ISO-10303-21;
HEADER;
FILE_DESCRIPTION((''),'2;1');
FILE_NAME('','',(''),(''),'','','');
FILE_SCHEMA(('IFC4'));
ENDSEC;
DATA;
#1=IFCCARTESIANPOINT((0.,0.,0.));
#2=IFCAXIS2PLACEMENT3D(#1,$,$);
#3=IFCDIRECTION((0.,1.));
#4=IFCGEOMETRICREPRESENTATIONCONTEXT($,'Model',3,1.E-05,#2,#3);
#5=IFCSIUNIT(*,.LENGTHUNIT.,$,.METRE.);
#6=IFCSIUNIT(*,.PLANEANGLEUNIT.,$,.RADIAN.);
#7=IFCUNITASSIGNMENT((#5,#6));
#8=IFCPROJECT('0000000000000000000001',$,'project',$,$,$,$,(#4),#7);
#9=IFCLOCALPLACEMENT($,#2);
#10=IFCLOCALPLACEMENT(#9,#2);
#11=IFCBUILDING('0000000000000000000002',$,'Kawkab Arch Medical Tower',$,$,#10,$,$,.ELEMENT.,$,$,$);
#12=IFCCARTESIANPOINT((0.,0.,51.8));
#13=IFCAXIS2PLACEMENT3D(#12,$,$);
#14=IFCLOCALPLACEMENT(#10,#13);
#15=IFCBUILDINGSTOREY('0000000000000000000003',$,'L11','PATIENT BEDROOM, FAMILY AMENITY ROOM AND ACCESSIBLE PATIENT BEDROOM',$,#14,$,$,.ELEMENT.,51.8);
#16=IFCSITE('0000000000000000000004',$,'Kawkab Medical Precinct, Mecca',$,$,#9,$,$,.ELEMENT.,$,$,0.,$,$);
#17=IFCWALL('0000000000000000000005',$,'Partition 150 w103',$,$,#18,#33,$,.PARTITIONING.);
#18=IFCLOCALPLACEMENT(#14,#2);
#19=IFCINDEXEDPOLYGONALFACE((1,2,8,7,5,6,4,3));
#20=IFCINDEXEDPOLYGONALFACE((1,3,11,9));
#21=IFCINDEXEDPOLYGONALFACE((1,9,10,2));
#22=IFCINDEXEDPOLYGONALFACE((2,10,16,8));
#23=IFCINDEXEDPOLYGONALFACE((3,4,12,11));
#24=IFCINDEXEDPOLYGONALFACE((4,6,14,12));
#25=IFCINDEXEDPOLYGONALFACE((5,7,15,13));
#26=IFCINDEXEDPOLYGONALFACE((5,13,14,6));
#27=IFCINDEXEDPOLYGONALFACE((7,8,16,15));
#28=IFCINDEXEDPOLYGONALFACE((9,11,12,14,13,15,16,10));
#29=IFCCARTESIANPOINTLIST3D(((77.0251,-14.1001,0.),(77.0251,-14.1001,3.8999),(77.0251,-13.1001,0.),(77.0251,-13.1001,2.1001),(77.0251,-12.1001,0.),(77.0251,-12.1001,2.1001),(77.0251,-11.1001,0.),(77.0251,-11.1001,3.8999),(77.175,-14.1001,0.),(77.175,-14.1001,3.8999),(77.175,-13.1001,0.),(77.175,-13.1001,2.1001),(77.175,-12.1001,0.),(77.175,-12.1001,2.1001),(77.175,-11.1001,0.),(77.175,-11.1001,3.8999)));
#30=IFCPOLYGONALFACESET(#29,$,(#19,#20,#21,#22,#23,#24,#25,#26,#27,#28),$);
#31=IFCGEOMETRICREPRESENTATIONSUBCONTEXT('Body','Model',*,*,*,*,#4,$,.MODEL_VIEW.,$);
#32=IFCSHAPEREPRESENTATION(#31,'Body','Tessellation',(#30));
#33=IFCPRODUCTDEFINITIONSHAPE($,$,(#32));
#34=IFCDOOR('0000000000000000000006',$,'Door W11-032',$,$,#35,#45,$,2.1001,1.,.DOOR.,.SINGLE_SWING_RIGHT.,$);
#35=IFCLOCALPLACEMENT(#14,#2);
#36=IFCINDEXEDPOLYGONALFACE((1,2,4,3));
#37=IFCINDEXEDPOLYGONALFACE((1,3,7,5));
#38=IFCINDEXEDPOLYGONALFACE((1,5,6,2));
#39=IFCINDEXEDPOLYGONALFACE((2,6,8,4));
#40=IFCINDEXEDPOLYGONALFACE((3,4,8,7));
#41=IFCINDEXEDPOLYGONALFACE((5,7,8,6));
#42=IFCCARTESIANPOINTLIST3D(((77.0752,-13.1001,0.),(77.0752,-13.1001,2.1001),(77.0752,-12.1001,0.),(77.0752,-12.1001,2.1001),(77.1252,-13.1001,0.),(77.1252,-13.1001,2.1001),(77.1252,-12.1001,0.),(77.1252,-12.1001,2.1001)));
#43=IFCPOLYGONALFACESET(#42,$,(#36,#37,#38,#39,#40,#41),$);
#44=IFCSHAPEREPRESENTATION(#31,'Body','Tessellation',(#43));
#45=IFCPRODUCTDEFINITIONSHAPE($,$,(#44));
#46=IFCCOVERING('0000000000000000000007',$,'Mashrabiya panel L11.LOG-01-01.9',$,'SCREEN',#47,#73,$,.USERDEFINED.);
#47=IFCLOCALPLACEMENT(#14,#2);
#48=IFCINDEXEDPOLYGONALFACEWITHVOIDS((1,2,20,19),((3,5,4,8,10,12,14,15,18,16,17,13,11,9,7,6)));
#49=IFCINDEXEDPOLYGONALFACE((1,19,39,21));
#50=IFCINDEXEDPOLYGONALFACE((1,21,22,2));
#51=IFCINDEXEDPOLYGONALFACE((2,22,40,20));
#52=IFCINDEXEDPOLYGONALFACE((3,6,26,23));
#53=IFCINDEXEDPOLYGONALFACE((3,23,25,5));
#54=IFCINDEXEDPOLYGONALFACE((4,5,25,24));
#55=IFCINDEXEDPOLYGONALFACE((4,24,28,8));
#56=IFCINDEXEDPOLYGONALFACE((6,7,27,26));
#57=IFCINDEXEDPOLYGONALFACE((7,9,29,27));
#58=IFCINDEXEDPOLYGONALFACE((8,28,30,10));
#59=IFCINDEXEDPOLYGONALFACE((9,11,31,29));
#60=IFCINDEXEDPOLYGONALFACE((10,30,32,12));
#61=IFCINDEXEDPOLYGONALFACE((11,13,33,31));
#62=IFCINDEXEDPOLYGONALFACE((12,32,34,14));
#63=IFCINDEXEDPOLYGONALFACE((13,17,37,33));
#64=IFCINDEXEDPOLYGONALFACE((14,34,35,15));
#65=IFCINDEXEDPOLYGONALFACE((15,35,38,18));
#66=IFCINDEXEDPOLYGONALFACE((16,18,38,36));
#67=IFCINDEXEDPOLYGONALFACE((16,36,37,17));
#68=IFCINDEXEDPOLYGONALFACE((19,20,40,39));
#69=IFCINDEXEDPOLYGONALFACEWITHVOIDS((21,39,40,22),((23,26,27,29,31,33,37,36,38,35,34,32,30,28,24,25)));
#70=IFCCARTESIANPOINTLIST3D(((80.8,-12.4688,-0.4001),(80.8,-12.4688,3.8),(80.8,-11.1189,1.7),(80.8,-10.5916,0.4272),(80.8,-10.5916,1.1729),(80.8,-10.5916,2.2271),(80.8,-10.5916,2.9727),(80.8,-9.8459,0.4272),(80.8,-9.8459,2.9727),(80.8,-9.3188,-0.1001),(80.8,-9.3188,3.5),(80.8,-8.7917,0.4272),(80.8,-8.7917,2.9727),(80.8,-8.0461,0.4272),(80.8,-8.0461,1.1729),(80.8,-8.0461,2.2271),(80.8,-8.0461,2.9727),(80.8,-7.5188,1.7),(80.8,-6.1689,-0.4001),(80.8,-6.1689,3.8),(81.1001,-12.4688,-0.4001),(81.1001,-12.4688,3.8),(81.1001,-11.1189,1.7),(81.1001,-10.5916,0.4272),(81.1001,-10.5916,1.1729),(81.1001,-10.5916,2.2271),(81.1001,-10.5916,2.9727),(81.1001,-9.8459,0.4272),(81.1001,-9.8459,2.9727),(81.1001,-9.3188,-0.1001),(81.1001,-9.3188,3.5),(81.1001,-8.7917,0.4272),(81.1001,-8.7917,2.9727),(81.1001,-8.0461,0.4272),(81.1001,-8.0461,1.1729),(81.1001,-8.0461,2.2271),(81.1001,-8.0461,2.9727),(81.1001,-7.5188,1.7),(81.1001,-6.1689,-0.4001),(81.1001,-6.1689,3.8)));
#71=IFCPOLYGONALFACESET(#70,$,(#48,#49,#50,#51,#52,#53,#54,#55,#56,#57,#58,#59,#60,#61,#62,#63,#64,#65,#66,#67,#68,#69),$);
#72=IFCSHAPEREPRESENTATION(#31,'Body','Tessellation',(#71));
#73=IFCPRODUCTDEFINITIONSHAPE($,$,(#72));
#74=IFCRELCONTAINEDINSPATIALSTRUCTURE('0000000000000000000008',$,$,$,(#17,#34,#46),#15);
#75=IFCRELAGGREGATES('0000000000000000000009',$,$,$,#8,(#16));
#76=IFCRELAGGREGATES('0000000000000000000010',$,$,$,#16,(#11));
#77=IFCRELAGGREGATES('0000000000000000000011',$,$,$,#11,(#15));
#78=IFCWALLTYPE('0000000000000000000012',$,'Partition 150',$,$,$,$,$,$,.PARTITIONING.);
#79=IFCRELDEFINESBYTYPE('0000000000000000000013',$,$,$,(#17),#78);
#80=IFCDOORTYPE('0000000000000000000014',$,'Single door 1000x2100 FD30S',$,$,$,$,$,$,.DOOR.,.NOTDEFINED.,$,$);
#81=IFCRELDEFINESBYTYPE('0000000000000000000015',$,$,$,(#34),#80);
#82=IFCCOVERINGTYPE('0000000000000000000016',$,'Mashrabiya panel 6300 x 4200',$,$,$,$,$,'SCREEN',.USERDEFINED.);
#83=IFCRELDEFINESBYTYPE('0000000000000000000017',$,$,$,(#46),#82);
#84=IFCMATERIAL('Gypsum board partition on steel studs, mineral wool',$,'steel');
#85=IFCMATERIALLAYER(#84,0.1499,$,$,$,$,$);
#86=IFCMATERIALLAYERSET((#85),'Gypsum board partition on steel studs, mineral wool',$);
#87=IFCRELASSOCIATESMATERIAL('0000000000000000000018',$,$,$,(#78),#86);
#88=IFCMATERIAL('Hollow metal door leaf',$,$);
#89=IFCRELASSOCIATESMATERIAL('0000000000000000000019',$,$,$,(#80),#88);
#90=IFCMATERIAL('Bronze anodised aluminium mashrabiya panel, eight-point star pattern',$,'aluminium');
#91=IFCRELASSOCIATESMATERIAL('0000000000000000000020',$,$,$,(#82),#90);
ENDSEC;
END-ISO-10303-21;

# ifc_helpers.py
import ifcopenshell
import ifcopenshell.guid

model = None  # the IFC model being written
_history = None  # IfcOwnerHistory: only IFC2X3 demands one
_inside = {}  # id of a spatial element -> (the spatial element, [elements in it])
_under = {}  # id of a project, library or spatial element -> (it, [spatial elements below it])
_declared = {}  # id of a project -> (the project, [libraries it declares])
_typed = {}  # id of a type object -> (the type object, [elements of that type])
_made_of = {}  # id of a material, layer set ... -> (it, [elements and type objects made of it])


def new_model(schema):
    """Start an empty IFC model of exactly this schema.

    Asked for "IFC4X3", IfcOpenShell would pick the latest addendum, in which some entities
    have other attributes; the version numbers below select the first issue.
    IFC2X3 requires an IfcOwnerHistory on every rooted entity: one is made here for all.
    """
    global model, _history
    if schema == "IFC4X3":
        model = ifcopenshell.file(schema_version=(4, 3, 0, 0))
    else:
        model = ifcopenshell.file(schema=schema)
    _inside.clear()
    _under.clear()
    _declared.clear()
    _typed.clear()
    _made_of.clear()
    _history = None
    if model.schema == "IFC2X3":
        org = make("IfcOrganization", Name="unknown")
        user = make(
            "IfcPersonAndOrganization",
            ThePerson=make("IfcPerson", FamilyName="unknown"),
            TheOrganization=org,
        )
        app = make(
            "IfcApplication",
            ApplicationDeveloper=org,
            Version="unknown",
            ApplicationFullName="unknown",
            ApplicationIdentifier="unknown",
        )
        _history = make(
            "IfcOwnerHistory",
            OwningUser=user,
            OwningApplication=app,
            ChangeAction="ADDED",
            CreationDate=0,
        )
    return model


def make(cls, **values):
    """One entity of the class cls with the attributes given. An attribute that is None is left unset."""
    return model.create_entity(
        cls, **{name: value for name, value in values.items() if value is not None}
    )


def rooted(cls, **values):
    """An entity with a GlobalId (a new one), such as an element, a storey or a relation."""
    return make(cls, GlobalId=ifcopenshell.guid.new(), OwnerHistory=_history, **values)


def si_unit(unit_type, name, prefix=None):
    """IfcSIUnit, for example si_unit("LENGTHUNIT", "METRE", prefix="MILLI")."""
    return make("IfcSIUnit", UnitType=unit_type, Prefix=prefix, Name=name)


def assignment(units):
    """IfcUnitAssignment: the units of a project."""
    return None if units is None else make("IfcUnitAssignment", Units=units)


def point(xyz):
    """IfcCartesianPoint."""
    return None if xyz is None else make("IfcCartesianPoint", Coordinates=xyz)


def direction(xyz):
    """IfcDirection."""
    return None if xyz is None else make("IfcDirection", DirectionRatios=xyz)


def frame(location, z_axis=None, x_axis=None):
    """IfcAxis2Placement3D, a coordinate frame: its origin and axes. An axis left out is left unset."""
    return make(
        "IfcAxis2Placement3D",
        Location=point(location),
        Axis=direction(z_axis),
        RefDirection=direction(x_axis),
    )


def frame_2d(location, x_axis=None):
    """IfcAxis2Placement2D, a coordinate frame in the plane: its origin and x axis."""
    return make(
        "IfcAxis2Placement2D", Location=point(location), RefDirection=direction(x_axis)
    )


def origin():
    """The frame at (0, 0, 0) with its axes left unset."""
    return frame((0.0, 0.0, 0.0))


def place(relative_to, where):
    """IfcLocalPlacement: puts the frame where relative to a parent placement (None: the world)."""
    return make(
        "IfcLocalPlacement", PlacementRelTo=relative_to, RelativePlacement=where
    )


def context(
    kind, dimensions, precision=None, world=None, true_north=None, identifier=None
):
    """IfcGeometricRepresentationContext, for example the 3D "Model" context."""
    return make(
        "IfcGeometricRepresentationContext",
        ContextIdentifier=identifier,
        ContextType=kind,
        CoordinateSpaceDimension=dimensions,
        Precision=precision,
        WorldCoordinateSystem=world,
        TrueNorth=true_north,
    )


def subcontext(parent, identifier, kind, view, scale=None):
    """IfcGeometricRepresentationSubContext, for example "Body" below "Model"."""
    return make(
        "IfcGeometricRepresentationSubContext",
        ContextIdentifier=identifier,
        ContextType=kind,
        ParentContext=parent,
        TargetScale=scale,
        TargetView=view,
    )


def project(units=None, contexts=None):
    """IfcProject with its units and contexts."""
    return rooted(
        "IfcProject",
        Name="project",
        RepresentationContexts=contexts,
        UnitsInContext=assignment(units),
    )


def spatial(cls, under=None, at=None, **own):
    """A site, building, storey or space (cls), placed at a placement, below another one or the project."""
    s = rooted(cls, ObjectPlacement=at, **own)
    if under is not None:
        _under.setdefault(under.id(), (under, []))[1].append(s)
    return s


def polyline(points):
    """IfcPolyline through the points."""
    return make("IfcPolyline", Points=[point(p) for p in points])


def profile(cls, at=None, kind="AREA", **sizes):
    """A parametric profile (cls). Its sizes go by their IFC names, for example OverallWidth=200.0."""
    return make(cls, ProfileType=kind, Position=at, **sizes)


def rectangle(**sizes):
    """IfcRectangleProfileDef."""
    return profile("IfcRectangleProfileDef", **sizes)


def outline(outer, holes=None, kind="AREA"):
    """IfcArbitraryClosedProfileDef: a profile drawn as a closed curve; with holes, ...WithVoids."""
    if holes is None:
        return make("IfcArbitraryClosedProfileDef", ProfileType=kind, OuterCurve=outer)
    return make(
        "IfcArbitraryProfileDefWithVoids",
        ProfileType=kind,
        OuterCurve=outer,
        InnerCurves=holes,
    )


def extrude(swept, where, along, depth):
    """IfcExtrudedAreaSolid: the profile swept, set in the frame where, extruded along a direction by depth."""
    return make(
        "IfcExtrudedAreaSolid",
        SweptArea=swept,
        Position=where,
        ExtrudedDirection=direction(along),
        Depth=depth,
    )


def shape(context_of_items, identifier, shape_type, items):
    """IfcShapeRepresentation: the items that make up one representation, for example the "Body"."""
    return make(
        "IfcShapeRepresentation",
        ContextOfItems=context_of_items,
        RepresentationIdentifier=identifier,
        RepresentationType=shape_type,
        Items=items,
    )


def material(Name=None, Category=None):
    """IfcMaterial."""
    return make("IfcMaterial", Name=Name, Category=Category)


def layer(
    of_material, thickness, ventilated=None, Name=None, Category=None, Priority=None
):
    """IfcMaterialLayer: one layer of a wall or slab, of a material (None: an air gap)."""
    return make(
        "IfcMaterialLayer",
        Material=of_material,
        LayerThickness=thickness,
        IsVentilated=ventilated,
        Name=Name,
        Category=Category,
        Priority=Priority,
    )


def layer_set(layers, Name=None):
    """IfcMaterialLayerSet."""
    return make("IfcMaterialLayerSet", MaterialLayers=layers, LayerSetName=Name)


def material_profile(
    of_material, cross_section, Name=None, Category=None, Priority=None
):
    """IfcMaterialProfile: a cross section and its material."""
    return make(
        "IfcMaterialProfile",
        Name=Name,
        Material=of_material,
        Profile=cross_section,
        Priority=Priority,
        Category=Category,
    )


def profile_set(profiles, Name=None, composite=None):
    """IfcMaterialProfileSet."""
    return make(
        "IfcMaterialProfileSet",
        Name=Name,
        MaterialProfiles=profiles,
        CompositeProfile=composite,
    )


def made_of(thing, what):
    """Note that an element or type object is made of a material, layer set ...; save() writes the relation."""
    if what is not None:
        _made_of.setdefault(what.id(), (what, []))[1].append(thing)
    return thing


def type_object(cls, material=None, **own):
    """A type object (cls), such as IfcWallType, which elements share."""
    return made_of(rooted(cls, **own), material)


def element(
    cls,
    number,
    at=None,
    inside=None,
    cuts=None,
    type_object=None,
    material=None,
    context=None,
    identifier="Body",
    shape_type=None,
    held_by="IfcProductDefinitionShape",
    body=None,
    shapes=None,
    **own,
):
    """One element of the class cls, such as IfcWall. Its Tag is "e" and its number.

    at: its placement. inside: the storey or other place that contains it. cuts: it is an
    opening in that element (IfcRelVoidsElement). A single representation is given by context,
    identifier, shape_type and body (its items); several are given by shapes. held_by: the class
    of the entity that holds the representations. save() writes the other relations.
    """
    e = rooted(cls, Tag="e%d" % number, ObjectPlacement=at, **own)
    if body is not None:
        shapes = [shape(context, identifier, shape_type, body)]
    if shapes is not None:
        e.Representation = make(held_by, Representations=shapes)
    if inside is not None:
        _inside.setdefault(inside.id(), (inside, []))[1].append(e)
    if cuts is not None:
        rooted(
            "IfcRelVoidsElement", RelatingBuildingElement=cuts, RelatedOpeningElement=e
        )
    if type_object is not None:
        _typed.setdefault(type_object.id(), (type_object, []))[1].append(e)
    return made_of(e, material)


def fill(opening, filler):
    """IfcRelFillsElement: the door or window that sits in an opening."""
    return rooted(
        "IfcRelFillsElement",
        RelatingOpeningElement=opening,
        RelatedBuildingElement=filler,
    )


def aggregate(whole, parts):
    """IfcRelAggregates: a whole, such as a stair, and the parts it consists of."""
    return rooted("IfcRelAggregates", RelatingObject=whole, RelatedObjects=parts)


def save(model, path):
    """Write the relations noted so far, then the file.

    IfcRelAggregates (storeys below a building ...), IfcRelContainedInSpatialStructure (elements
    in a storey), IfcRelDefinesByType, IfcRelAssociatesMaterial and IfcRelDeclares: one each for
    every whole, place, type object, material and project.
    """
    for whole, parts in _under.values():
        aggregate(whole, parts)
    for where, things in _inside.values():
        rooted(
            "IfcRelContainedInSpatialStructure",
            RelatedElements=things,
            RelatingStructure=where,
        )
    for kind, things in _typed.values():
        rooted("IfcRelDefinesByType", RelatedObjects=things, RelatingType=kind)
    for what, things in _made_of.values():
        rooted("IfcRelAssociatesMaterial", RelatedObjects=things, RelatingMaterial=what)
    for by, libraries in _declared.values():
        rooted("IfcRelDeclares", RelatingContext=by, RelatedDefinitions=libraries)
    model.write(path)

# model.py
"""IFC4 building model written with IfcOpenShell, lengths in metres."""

from ifc_helpers import new_model, si_unit, direction, frame, frame_2d, origin, place, context, subcontext, project, spatial, polyline, rectangle, outline, extrude, material, layer, layer_set, material_profile, profile_set, type_object, element, fill, save


model = new_model("IFC4")

# Units and contexts
model_context = context("Model", 3, precision=1e-05, world=origin(), true_north=direction((0.0, 1.0)))
body_context = subcontext(model_context, "Body", "Model", "MODEL_VIEW")
ifc_project = project(units=[si_unit("LENGTHUNIT", "METRE"), si_unit("PLANEANGLEUNIT", "RADIAN")], contexts=[model_context])

# Site, building, storey
site_placement = place(None, origin())
site = spatial("IfcSite", under=ifc_project, at=site_placement, Name="Kawkab Medical Precinct, Mecca", CompositionType="ELEMENT", RefElevation=0.0)
building_placement = place(site_placement, origin())
building = spatial("IfcBuilding", under=site, at=building_placement, Name="Kawkab Arch Medical Tower", CompositionType="ELEMENT")
storey_placement = place(building_placement, frame((0.0, 0.0, 51.8)))
storey = spatial("IfcBuildingStorey", under=building, at=storey_placement, Name="L11", Description="PATIENT BEDROOM, FAMILY AMENITY ROOM AND ACCESSIBLE PATIENT BEDROOM", CompositionType="ELEMENT", Elevation=51.8)

# Shared definitions
ifc_material_1 = material(Name="Gypsum board partition on steel studs, mineral wool", Category="steel")
ifc_layer_1 = layer(ifc_material_1, 0.1499)
ifc_layer_set_1 = layer_set([ifc_layer_1], Name="Gypsum board partition on steel studs, mineral wool")
wall_type_1 = type_object("IfcWallType", Name="Partition 150", PredefinedType="PARTITIONING", material=ifc_layer_set_1)

# Wall, opening, door
wall_1_placement = place(storey_placement, frame((77.1001, -14.1001, 0.0), z_axis=(0.0, 0.0, 1.0), x_axis=(0.0, 1.0, 0.0)))
wall_1 = element("IfcWall", 1, at=wall_1_placement, inside=storey, type_object=wall_type_1, Name="Partition 150 w103", PredefinedType="PARTITIONING", context=body_context, shape_type="SweptSolid", body=[
    extrude(rectangle(XDim=3.0, YDim=0.1499, at=frame_2d((1.5, 0.0))), origin(), (0.0, 0.0, 1.0), 3.8999),
])
opening_1_placement = place(wall_1_placement, frame((1.0, 0.0, 0.0)))
opening_1 = element("IfcOpeningElement", 2, at=opening_1_placement, cuts=wall_1, PredefinedType="OPENING", context=body_context, shape_type="SweptSolid", body=[
    extrude(rectangle(XDim=1.0, YDim=2.1001, at=frame_2d((0.5, 1.05))), frame((0.0, 0.085, 0.0), z_axis=(0.0, -1.0, 0.0), x_axis=(1.0, 0.0, 0.0)), (0.0, 0.0, 1.0), 0.1699),
])
ifc_material_2 = material(Name="Hollow metal door leaf")
door_type_1 = type_object("IfcDoorType", Name="Single door 1000x2100 FD30S", OperationType="NOTDEFINED", PredefinedType="DOOR", material=ifc_material_2)
door_1_placement = place(opening_1_placement, origin())
door_1 = element("IfcDoor", 3, at=door_1_placement, inside=storey, type_object=door_type_1, Name="Door W11-032", OperationType="SINGLE_SWING_RIGHT", OverallHeight=2.1001, OverallWidth=1.0, PredefinedType="DOOR", context=body_context, shape_type="SweptSolid", body=[
    extrude(rectangle(XDim=1.0, YDim=2.1001, at=frame_2d((0.5, 1.05))), frame((0.0, 0.0249, 0.0), z_axis=(0.0, -1.0, 0.0), x_axis=(1.0, 0.0, 0.0)), (0.0, 0.0, 1.0), 0.05),
])
fill(opening_1, door_1)

# Covering
ifc_material_3 = material(Name="Bronze anodised aluminium mashrabiya panel, eight-point star pattern", Category="aluminium")
ifc_material_profile_1 = material_profile(ifc_material_3, outline(polyline([(-3.1499, -2.1001), (3.1499, -2.1001), (3.1499, 2.1001), (-3.1499, 2.1001), (-3.1499, -2.1001)]), holes=[polyline([(1.8, 0.0), (1.2727, 0.5271), (1.2727, 1.2727), (0.5271, 1.2727), (0.0, 1.8), (-0.5271, 1.2727), (-1.2727, 1.2727), (-1.2727, 0.5271), (-1.8, 0.0), (-1.2727, -0.5271), (-1.2727, -1.2727), (-0.5271, -1.2727), (0.0, -1.8), (0.5271, -1.2727), (1.2727, -1.2727), (1.2727, -0.5271), (1.8, 0.0)])]), Name="Mashrabiya panel 6300x4200")
ifc_profile_set_1 = profile_set([ifc_material_profile_1], Name="Bronze anodised aluminium mashrabiya panel, eight-point star pattern")
covering_type = type_object("IfcCoveringType", Name="Mashrabiya panel 6300 x 4200", ElementType="SCREEN", PredefinedType="USERDEFINED", material=ifc_profile_set_1)
covering_placement = place(storey_placement, frame((80.8, -9.3188, 1.7), z_axis=(1.0, 0.0, 0.0), x_axis=(0.0, 1.0, 0.0)))
element("IfcCovering", 4, at=covering_placement, inside=storey, type_object=covering_type, Name="Mashrabiya panel L11.LOG-01-01.9", ObjectType="SCREEN", PredefinedType="USERDEFINED", context=body_context, shape_type="SweptSolid", body=[
    extrude(outline(polyline([(-3.1499, -2.1001), (3.1499, -2.1001), (3.1499, 2.1001), (-3.1499, 2.1001), (-3.1499, -2.1001)]), holes=[polyline([(1.8, 0.0), (1.2727, 0.5271), (1.2727, 1.2727), (0.5271, 1.2727), (0.0, 1.8), (-0.5271, 1.2727), (-1.2727, 1.2727), (-1.2727, 0.5271), (-1.8, 0.0), (-1.2727, -0.5271), (-1.2727, -1.2727), (-0.5271, -1.2727), (0.0, -1.8), (0.5271, -1.2727), (1.2727, -1.2727), (1.2727, -0.5271), (1.8, 0.0)])]), origin(), (0.0, 0.0, 1.0), 0.3),
])

save(model, "model.ifc")
